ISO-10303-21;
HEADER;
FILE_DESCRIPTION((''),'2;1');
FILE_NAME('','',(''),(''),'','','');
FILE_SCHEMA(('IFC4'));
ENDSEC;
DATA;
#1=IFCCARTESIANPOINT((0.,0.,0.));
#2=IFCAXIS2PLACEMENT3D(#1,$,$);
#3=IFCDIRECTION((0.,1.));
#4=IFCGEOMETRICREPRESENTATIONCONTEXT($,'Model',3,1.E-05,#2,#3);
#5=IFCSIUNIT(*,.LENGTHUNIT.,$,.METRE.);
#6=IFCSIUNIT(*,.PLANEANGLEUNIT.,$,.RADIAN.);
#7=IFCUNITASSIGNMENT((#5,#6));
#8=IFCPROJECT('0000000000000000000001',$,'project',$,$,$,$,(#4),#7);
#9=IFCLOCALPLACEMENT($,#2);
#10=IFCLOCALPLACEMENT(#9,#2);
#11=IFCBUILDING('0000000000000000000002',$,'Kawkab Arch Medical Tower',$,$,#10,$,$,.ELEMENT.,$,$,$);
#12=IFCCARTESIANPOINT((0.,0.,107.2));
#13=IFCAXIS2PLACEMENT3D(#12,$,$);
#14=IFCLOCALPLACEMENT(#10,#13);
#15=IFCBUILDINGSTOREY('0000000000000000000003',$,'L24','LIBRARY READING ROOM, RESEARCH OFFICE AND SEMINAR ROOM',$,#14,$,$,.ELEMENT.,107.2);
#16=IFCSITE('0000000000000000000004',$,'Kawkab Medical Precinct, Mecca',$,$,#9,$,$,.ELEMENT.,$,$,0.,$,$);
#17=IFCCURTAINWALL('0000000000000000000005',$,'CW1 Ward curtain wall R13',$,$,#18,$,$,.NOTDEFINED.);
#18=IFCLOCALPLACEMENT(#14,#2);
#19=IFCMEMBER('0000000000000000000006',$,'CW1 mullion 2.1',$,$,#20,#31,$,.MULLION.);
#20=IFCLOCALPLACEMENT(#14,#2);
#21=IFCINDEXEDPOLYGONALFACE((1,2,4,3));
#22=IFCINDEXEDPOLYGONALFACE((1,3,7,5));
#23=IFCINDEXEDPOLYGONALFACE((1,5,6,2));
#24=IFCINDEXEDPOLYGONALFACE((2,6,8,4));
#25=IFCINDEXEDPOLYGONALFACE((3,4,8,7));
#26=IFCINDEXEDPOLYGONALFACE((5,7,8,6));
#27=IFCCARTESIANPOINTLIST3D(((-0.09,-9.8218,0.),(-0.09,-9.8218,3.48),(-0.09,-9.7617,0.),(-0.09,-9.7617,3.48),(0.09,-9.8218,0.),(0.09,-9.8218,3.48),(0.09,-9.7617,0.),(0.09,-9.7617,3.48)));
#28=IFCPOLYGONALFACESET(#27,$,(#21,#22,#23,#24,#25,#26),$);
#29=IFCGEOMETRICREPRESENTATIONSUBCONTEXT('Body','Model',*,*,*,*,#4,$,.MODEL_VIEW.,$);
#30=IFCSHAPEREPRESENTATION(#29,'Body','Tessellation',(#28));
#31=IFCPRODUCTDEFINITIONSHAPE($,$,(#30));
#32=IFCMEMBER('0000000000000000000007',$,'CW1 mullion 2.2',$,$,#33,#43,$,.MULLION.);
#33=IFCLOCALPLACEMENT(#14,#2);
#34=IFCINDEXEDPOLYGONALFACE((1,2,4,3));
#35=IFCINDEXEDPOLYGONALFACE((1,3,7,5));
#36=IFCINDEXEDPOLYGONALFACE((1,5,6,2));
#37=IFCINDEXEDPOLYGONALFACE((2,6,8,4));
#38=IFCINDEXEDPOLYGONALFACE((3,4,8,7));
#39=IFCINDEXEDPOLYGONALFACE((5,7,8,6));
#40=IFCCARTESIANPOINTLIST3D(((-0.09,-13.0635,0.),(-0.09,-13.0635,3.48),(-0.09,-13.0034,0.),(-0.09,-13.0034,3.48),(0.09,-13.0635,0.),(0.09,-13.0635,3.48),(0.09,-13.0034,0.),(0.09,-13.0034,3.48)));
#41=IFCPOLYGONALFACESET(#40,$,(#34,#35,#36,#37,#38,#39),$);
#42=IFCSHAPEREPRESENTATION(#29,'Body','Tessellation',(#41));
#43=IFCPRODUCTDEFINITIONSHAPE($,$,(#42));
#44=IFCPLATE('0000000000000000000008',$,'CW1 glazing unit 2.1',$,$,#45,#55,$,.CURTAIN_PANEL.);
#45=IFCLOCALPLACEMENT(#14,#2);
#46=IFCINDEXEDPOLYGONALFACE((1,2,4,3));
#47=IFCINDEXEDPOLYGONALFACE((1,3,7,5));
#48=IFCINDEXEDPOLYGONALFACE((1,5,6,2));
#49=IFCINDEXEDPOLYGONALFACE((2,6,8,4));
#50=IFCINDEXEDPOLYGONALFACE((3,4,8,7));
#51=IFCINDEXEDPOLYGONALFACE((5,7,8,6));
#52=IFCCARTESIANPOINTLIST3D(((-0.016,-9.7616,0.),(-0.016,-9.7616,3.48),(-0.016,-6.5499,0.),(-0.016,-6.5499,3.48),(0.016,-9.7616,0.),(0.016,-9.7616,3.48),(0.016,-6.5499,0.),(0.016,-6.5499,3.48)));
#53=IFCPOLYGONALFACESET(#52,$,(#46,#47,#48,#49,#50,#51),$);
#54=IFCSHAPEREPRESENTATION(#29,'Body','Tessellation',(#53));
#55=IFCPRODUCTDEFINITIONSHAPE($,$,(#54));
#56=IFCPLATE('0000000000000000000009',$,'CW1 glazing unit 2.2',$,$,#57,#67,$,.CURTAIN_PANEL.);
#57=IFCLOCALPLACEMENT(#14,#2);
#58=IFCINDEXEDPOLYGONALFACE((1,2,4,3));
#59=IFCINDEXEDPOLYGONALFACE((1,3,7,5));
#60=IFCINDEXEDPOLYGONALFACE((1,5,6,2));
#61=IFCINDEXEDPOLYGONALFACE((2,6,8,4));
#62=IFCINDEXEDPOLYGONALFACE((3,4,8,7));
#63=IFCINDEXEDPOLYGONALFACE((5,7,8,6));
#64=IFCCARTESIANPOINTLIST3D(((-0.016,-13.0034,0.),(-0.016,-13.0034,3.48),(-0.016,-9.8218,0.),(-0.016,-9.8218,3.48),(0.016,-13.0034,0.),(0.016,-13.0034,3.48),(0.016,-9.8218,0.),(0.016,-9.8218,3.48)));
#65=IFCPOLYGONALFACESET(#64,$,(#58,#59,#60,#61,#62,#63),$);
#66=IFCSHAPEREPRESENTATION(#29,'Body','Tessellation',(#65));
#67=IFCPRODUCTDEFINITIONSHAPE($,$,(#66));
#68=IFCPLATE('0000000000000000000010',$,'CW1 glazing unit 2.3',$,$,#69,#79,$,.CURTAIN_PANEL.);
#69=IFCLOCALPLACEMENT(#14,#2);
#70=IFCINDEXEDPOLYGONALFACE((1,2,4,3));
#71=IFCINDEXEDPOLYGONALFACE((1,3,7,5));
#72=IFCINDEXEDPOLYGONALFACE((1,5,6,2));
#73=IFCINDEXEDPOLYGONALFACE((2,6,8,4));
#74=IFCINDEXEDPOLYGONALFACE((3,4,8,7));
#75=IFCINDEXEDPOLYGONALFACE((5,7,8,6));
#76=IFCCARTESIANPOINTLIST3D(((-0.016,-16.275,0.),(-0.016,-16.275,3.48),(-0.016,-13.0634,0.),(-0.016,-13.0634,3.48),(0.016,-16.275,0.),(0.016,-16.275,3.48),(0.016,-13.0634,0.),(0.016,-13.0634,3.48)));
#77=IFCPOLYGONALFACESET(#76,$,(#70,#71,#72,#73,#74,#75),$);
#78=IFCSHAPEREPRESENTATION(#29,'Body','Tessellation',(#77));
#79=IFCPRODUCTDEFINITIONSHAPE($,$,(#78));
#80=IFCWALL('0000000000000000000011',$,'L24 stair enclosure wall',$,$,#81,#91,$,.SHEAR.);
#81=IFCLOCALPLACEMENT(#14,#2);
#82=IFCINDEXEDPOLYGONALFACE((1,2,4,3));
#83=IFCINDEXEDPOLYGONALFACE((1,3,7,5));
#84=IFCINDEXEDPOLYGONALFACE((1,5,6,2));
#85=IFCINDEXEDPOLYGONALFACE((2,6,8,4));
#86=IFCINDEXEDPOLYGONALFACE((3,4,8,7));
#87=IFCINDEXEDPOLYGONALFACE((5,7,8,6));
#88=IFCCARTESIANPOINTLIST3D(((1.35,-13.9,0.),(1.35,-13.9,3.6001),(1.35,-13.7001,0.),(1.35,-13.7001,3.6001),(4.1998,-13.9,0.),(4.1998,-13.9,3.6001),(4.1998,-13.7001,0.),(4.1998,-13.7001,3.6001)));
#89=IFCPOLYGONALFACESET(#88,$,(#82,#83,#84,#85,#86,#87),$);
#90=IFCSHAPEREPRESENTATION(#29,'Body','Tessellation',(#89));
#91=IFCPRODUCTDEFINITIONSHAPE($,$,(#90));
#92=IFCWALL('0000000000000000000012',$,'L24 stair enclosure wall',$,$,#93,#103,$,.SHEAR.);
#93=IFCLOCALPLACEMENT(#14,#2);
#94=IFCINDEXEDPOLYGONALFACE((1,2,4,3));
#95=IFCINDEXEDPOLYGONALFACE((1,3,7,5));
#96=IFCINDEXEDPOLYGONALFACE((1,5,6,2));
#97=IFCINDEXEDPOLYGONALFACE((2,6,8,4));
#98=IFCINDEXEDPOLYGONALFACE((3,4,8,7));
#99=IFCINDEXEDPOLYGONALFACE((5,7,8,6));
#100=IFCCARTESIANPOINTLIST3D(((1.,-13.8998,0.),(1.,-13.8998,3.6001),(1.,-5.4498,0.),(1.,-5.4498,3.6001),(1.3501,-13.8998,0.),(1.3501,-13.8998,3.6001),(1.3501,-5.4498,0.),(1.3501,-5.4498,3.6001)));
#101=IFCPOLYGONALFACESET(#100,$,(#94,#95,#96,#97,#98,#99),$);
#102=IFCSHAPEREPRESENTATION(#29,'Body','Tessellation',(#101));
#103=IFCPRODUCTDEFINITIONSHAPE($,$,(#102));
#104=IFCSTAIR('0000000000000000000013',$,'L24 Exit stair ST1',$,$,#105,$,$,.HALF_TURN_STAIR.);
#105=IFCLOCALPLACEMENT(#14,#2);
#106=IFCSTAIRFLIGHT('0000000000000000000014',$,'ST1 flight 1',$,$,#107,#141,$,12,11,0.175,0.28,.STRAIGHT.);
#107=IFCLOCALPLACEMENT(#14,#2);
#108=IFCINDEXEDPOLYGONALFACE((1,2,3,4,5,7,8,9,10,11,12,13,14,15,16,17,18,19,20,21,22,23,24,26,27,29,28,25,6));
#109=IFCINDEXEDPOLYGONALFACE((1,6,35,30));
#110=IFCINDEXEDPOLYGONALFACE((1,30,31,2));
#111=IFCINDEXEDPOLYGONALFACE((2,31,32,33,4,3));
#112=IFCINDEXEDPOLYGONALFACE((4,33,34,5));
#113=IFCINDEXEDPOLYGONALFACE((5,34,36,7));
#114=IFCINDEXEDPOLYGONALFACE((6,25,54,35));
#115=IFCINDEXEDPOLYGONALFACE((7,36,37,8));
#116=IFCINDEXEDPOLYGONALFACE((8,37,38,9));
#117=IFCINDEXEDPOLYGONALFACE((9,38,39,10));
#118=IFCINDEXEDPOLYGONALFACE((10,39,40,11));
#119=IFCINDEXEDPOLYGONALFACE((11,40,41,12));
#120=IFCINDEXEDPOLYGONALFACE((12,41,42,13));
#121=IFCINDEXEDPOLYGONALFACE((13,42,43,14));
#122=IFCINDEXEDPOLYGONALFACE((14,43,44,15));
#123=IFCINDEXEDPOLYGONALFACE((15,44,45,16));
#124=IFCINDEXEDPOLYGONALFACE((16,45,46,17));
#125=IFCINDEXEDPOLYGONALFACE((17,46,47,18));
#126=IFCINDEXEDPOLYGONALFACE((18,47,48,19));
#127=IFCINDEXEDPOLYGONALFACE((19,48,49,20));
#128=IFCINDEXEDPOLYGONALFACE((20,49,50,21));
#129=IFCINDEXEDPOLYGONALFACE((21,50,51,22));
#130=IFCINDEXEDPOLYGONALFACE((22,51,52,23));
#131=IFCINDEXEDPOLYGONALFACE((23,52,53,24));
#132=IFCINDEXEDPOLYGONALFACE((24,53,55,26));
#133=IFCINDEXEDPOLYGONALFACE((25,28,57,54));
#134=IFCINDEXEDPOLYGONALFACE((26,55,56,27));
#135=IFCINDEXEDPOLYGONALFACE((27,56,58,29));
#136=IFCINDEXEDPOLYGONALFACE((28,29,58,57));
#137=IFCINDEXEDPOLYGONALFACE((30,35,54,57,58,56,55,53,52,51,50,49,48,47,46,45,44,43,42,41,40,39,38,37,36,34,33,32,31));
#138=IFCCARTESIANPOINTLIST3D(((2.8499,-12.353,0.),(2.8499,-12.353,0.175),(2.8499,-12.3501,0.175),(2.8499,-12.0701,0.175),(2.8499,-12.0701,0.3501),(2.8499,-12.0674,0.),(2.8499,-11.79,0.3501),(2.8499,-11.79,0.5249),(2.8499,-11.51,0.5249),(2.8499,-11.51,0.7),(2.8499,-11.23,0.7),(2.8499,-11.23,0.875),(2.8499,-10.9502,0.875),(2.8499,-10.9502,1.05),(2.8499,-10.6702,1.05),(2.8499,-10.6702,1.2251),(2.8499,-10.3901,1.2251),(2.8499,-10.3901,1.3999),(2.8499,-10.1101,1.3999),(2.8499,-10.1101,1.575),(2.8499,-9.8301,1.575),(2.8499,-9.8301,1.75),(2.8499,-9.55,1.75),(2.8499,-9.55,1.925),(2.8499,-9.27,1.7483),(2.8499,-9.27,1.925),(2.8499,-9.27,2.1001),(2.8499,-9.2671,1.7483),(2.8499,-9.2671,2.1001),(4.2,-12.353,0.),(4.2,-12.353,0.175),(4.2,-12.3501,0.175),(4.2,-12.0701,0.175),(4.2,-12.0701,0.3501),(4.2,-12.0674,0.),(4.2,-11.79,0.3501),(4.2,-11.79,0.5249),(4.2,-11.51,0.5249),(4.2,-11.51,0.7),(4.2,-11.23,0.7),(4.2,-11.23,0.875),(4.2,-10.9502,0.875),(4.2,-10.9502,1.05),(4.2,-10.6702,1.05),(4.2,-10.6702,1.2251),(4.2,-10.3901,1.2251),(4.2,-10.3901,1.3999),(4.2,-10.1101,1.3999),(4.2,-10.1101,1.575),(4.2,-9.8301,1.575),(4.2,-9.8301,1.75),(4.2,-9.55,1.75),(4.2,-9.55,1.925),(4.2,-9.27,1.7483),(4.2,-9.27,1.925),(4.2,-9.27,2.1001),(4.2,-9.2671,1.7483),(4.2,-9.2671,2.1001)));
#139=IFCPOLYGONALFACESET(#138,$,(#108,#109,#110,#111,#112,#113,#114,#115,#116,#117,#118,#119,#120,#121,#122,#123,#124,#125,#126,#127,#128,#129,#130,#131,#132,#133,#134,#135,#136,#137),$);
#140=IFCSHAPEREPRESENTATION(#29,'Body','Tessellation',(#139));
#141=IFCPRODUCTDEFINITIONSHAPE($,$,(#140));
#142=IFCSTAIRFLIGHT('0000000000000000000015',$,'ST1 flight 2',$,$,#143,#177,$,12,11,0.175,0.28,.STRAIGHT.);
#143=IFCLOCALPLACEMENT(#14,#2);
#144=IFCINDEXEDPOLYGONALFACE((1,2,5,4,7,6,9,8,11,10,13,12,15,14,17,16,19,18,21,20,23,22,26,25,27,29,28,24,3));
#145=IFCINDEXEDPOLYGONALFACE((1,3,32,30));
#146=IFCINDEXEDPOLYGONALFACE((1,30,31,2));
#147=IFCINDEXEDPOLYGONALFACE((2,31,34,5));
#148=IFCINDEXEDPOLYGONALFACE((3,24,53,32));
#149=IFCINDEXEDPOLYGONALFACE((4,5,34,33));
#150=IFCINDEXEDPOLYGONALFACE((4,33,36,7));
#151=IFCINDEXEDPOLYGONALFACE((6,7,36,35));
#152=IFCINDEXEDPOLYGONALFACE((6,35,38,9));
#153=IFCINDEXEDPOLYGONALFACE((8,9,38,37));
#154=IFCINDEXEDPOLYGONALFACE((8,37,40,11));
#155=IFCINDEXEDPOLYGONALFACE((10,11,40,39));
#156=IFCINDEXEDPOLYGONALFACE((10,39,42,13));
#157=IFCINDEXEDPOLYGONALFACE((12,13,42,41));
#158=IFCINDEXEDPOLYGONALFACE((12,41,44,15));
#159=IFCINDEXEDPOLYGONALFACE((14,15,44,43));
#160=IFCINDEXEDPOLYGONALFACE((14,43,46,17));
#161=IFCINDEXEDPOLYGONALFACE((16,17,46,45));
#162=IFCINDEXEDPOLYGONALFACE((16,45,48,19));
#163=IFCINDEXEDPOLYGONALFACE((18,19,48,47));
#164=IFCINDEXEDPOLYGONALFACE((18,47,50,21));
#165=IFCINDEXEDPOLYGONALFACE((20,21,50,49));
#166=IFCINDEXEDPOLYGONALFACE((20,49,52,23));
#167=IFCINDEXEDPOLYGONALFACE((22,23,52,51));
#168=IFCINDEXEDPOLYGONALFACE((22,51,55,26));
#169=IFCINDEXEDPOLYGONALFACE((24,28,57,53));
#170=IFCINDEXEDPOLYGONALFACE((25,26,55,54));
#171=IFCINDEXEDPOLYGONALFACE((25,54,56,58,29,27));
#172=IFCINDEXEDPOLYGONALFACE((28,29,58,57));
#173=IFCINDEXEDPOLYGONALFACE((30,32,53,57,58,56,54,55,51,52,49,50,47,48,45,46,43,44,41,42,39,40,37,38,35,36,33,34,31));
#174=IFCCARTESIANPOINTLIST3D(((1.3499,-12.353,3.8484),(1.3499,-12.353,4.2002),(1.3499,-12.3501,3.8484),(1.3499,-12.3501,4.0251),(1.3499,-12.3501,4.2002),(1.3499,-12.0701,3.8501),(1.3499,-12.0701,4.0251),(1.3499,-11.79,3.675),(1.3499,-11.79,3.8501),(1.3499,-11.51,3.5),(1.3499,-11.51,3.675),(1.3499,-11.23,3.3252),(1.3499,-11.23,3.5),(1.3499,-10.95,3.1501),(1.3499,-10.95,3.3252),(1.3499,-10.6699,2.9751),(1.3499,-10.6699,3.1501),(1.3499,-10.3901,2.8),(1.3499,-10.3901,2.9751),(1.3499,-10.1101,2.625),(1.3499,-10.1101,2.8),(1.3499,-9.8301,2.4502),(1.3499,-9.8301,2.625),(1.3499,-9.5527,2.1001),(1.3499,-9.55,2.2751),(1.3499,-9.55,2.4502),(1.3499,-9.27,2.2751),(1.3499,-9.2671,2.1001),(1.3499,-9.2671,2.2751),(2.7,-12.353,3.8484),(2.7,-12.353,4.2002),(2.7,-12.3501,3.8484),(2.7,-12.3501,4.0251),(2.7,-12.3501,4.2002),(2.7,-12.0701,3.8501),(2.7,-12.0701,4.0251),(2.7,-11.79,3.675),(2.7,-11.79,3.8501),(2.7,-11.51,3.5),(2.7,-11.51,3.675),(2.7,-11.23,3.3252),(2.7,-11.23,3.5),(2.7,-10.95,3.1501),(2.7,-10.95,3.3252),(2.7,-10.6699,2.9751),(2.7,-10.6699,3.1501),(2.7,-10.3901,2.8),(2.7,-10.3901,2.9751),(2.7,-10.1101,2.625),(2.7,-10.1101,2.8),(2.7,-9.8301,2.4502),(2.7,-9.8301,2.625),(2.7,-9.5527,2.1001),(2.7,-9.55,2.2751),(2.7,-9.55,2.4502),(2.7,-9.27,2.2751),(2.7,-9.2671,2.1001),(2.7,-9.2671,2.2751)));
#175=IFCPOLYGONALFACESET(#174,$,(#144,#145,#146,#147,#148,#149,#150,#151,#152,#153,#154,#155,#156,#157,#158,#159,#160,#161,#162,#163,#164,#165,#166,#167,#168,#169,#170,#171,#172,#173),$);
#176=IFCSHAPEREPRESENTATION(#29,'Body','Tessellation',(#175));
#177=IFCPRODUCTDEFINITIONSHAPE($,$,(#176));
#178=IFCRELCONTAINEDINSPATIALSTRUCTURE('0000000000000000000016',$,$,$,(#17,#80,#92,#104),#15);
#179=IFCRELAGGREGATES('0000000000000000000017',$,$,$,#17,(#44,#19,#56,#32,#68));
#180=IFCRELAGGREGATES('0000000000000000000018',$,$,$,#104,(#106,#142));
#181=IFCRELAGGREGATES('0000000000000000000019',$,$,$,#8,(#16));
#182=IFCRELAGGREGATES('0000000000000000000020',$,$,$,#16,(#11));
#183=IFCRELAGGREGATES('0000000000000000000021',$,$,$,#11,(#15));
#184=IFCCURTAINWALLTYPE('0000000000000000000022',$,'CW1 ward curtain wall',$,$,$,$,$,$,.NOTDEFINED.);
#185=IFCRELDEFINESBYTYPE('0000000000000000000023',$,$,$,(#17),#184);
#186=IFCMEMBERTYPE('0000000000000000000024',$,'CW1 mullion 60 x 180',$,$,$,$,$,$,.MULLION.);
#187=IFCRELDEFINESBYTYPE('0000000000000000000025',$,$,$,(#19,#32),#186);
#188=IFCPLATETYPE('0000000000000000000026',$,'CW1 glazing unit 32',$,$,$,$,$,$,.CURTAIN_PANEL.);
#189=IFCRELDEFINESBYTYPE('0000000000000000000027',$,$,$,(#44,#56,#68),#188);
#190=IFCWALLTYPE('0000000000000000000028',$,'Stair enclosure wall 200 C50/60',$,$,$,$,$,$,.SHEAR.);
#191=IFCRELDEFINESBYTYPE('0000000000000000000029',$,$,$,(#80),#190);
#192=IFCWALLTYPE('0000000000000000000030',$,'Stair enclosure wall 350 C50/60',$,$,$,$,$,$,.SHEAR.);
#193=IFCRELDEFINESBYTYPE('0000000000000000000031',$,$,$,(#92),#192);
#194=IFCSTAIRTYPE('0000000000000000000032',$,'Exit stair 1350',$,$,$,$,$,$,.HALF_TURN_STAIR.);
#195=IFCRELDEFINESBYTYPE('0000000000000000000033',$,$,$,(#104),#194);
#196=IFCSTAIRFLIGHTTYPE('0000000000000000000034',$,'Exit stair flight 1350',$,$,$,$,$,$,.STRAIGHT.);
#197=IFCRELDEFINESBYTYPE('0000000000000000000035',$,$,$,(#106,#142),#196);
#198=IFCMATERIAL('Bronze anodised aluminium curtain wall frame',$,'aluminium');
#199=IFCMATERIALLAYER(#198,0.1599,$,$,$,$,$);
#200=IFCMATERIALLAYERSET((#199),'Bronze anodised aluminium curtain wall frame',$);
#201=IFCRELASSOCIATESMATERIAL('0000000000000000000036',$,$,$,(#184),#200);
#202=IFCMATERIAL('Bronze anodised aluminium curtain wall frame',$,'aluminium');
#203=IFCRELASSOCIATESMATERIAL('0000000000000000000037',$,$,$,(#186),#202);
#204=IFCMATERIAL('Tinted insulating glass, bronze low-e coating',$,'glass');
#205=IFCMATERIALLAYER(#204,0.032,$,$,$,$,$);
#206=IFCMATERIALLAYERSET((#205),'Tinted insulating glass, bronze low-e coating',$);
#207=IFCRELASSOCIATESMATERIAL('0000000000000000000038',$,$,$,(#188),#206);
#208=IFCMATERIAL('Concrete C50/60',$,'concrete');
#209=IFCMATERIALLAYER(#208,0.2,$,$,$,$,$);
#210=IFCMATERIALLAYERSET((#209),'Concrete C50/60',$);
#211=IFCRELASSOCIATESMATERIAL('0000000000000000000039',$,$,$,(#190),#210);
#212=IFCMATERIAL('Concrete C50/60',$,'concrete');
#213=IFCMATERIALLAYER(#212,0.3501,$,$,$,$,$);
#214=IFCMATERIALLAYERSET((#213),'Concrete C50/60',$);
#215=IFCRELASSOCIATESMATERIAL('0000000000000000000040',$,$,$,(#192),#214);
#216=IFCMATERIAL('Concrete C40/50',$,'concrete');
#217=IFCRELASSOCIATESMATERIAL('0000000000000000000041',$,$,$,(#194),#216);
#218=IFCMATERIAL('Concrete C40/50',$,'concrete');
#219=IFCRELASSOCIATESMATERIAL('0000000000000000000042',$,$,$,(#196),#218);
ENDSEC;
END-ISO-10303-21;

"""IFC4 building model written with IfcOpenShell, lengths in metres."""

from ifc_helpers import new_model, si_unit, direction, frame, frame_2d, origin, origin_2d, place, context, subcontext, project, spatial, polyline, rectangle, outline, extrude, material, layer, layer_set, material_profile, profile_set, type_object, element, aggregate, save


model = new_model("IFC4")

# Units and contexts
model_context = context("Model", 3, precision=1e-05, world=origin(), true_north=direction((0.0, 1.0)))
body_context = subcontext(model_context, "Body", "Model", "MODEL_VIEW")
ifc_project = project(units=[si_unit("LENGTHUNIT", "METRE"), si_unit("PLANEANGLEUNIT", "RADIAN")], contexts=[model_context])

# Site, building, storey
site_placement = place(None, origin())
site = spatial("IfcSite", under=ifc_project, at=site_placement, Name="Kawkab Medical Precinct, Mecca", CompositionType="ELEMENT", RefElevation=0.0)
building_placement = place(site_placement, origin())
building = spatial("IfcBuilding", under=site, at=building_placement, Name="Kawkab Arch Medical Tower", CompositionType="ELEMENT")
storey_placement = place(building_placement, frame((0.0, 0.0, 107.2)))
storey = spatial("IfcBuildingStorey", under=building, at=storey_placement, Name="L24", Description="LIBRARY READING ROOM, RESEARCH OFFICE AND SEMINAR ROOM", CompositionType="ELEMENT", Elevation=107.2)

# Curtain wall, members, plates
ifc_material_1 = material(Name="Bronze anodised aluminium curtain wall frame", Category="aluminium")
ifc_layer_1 = layer(ifc_material_1, 0.1599)
ifc_layer_set_1 = layer_set([ifc_layer_1], Name="Bronze anodised aluminium curtain wall frame")
curtain_wall_type = type_object("IfcCurtainWallType", Name="CW1 ward curtain wall", PredefinedType="NOTDEFINED", material=ifc_layer_set_1)
placement = place(storey_placement, origin())
curtain_wall = element("IfcCurtainWall", 1, at=placement, inside=storey, type_object=curtain_wall_type, Name="CW1 Ward curtain wall R13", PredefinedType="NOTDEFINED")
ifc_material_2 = material(Name="Bronze anodised aluminium curtain wall frame", Category="aluminium")
ifc_material_profile_1 = material_profile(ifc_material_2, rectangle(XDim=0.1799, YDim=0.0601, at=origin_2d()), Name="AL 60x180")
ifc_profile_set_1 = profile_set([ifc_material_profile_1], Name="Bronze anodised aluminium curtain wall frame")
member_type = type_object("IfcMemberType", Name="CW1 mullion 60 x 180", PredefinedType="MULLION", material=ifc_profile_set_1)
member_1_placement = place(storey_placement, frame((0.0, -9.7917, 0.0), z_axis=(0.0, 0.0, 1.0), x_axis=(1.0, 0.0, 0.0)))
member_1 = element("IfcMember", 2, at=member_1_placement, type_object=member_type, Name="CW1 mullion 2.1", PredefinedType="MULLION", context=body_context, shape_type="SweptSolid", body=[
    extrude(rectangle(XDim=0.1799, YDim=0.0601, at=origin_2d()), origin(), (0.0, 0.0, 1.0), 3.48),
])
member_2_placement = place(storey_placement, frame((0.0, -13.0334, 0.0), z_axis=(0.0, 0.0, 1.0), x_axis=(1.0, 0.0, 0.0)))
member_2 = element("IfcMember", 3, at=member_2_placement, type_object=member_type, Name="CW1 mullion 2.2", PredefinedType="MULLION", context=body_context, shape_type="SweptSolid", body=[
    extrude(rectangle(XDim=0.1799, YDim=0.0601, at=origin_2d()), origin(), (0.0, 0.0, 1.0), 3.48),
])
ifc_material_3 = material(Name="Tinted insulating glass, bronze low-e coating", Category="glass")
ifc_layer_2 = layer(ifc_material_3, 0.032)
ifc_layer_set_2 = layer_set([ifc_layer_2], Name="Tinted insulating glass, bronze low-e coating")
plate_type = type_object("IfcPlateType", Name="CW1 glazing unit 32", PredefinedType="CURTAIN_PANEL", material=ifc_layer_set_2)
plate_1_placement = place(storey_placement, frame((0.0, -8.1558, 0.0), z_axis=(0.0, 0.0, 1.0), x_axis=(0.0, -1.0, 0.0)))
plate_1 = element("IfcPlate", 4, at=plate_1_placement, type_object=plate_type, Name="CW1 glazing unit 2.1", PredefinedType="CURTAIN_PANEL", context=body_context, shape_type="SweptSolid", body=[
    extrude(rectangle(XDim=3.2117, YDim=0.032, at=origin_2d()), origin(), (0.0, 0.0, 1.0), 3.48),
])
plate_2_placement = place(storey_placement, frame((0.0, -11.4126, 0.0), z_axis=(0.0, 0.0, 1.0), x_axis=(0.0, -1.0, 0.0)))
plate_2 = element("IfcPlate", 5, at=plate_2_placement, type_object=plate_type, Name="CW1 glazing unit 2.2", PredefinedType="CURTAIN_PANEL", context=body_context, shape_type="SweptSolid", body=[
    extrude(rectangle(XDim=3.1816, YDim=0.032, at=origin_2d()), origin(), (0.0, 0.0, 1.0), 3.48),
])
plate_3_placement = place(storey_placement, frame((0.0, -14.6692, 0.0), z_axis=(0.0, 0.0, 1.0), x_axis=(0.0, -1.0, 0.0)))
plate_3 = element("IfcPlate", 6, at=plate_3_placement, type_object=plate_type, Name="CW1 glazing unit 2.3", PredefinedType="CURTAIN_PANEL", context=body_context, shape_type="SweptSolid", body=[
    extrude(rectangle(XDim=3.2117, YDim=0.032, at=origin_2d()), origin(), (0.0, 0.0, 1.0), 3.48),
])
aggregate(curtain_wall, [plate_1, member_1, plate_2, member_2, plate_3])

# Walls
ifc_material_4 = material(Name="Concrete C50/60", Category="concrete")
ifc_layer_3 = layer(ifc_material_4, 0.2)
ifc_layer_set_3 = layer_set([ifc_layer_3], Name="Concrete C50/60")
wall_type_1 = type_object("IfcWallType", Name="Stair enclosure wall 200 C50/60", PredefinedType="SHEAR", material=ifc_layer_set_3)
wall_1_placement = place(storey_placement, frame((1.3501, -13.8, 0.0), z_axis=(0.0, 0.0, 1.0), x_axis=(1.0, 0.0, 0.0)))
element("IfcWall", 7, at=wall_1_placement, inside=storey, type_object=wall_type_1, Name="L24 stair enclosure wall", PredefinedType="SHEAR", context=body_context, shape_type="SweptSolid", body=[
    extrude(rectangle(XDim=2.8499, YDim=0.2, at=frame_2d((1.4248, 0.0))), origin(), (0.0, 0.0, 1.0), 3.6001),
])
ifc_material_5 = material(Name="Concrete C50/60", Category="concrete")
ifc_layer_4 = layer(ifc_material_5, 0.3501)
ifc_layer_set_4 = layer_set([ifc_layer_4], Name="Concrete C50/60")
wall_type_2 = type_object("IfcWallType", Name="Stair enclosure wall 350 C50/60", PredefinedType="SHEAR", material=ifc_layer_set_4)
wall_2_placement = place(storey_placement, frame((1.175, -13.8999, 0.0), z_axis=(0.0, 0.0, 1.0), x_axis=(0.0, 1.0, 0.0)))
element("IfcWall", 8, at=wall_2_placement, inside=storey, type_object=wall_type_2, Name="L24 stair enclosure wall", PredefinedType="SHEAR", context=body_context, shape_type="SweptSolid", body=[
    extrude(rectangle(XDim=8.45, YDim=0.3501, at=frame_2d((4.2251, 0.0))), origin(), (0.0, 0.0, 1.0), 3.6001),
])

# Stair, stair flights
ifc_material_6 = material(Name="Concrete C40/50", Category="concrete")
stair_type = type_object("IfcStairType", Name="Exit stair 1350", PredefinedType="HALF_TURN_STAIR", material=ifc_material_6)
stair = element("IfcStair", 9, at=placement, inside=storey, type_object=stair_type, Name="L24 Exit stair ST1", PredefinedType="HALF_TURN_STAIR")
ifc_material_7 = material(Name="Concrete C40/50", Category="concrete")
stair_flight_type = type_object("IfcStairFlightType", Name="Exit stair flight 1350", PredefinedType="STRAIGHT", material=ifc_material_7)
stair_flight_1_placement = place(storey_placement, frame((3.5249, -12.3501, 0.0), z_axis=(0.0, 0.0, 1.0), x_axis=(0.0, 1.0, 0.0)))
stair_flight_1 = element("IfcStairFlight", 10, at=stair_flight_1_placement, type_object=stair_flight_type, Name="ST1 flight 1", NumberOfRisers=12, NumberOfTreads=11, PredefinedType="STRAIGHT", RiserHeight=0.175, TreadLength=0.28, context=body_context, shape_type="SweptSolid", body=[
    extrude(outline(polyline([(-0.0029, 0.0), (-0.0029, 0.175), (0.0, 0.175), (0.28, 0.175), (0.28, 0.3501), (0.5601, 0.3501), (0.5601, 0.5249), (0.8401, 0.5249), (0.8401, 0.7), (1.1201, 0.7), (1.1201, 0.875), (1.3999, 0.875), (1.3999, 1.05), (1.6799, 1.05), (1.6799, 1.2251), (1.96, 1.2251), (1.96, 1.3999), (2.24, 1.3999), (2.24, 1.575), (2.52, 1.575), (2.52, 1.75), (2.8, 1.75), (2.8, 1.925), (3.0801, 1.925), (3.0801, 2.1001), (3.083, 2.1001), (3.083, 1.7483), (3.0801, 1.7483), (0.2827, 0.0), (-0.0029, 0.0)])), frame((0.0, 0.675, 0.0), z_axis=(0.0, -1.0, 0.0), x_axis=(1.0, 0.0, 0.0)), (0.0, 0.0, 1.0), 1.3501),
])
stair_flight_2_placement = place(storey_placement, frame((2.0249, -9.27, 2.1001), z_axis=(0.0, 0.0, 1.0), x_axis=(0.0, -1.0, 0.0)))
stair_flight_2 = element("IfcStairFlight", 11, at=stair_flight_2_placement, type_object=stair_flight_type, Name="ST1 flight 2", NumberOfRisers=12, NumberOfTreads=11, PredefinedType="STRAIGHT", RiserHeight=0.175, TreadLength=0.28, context=body_context, shape_type="SweptSolid", body=[
    extrude(outline(polyline([(-0.0029, 0.0), (-0.0029, 0.175), (0.0, 0.175), (0.28, 0.175), (0.28, 0.3501), (0.5601, 0.3501), (0.5601, 0.5249), (0.8401, 0.5249), (0.8401, 0.7), (1.1201, 0.7), (1.1201, 0.875), (1.3999, 0.875), (1.3999, 1.05), (1.6799, 1.05), (1.6799, 1.2251), (1.96, 1.2251), (1.96, 1.3999), (2.24, 1.3999), (2.24, 1.575), (2.52, 1.575), (2.52, 1.75), (2.8, 1.75), (2.8, 1.925), (3.0801, 1.925), (3.0801, 2.1001), (3.083, 2.1001), (3.083, 1.7483), (3.0801, 1.7483), (0.2827, 0.0), (-0.0029, 0.0)])), frame((0.0, 0.675, 0.0), z_axis=(0.0, -1.0, 0.0), x_axis=(1.0, 0.0, 0.0)), (0.0, 0.0, 1.0), 1.3501),
])
aggregate(stair, [stair_flight_1, stair_flight_2])

save(model, "model.ifc")
